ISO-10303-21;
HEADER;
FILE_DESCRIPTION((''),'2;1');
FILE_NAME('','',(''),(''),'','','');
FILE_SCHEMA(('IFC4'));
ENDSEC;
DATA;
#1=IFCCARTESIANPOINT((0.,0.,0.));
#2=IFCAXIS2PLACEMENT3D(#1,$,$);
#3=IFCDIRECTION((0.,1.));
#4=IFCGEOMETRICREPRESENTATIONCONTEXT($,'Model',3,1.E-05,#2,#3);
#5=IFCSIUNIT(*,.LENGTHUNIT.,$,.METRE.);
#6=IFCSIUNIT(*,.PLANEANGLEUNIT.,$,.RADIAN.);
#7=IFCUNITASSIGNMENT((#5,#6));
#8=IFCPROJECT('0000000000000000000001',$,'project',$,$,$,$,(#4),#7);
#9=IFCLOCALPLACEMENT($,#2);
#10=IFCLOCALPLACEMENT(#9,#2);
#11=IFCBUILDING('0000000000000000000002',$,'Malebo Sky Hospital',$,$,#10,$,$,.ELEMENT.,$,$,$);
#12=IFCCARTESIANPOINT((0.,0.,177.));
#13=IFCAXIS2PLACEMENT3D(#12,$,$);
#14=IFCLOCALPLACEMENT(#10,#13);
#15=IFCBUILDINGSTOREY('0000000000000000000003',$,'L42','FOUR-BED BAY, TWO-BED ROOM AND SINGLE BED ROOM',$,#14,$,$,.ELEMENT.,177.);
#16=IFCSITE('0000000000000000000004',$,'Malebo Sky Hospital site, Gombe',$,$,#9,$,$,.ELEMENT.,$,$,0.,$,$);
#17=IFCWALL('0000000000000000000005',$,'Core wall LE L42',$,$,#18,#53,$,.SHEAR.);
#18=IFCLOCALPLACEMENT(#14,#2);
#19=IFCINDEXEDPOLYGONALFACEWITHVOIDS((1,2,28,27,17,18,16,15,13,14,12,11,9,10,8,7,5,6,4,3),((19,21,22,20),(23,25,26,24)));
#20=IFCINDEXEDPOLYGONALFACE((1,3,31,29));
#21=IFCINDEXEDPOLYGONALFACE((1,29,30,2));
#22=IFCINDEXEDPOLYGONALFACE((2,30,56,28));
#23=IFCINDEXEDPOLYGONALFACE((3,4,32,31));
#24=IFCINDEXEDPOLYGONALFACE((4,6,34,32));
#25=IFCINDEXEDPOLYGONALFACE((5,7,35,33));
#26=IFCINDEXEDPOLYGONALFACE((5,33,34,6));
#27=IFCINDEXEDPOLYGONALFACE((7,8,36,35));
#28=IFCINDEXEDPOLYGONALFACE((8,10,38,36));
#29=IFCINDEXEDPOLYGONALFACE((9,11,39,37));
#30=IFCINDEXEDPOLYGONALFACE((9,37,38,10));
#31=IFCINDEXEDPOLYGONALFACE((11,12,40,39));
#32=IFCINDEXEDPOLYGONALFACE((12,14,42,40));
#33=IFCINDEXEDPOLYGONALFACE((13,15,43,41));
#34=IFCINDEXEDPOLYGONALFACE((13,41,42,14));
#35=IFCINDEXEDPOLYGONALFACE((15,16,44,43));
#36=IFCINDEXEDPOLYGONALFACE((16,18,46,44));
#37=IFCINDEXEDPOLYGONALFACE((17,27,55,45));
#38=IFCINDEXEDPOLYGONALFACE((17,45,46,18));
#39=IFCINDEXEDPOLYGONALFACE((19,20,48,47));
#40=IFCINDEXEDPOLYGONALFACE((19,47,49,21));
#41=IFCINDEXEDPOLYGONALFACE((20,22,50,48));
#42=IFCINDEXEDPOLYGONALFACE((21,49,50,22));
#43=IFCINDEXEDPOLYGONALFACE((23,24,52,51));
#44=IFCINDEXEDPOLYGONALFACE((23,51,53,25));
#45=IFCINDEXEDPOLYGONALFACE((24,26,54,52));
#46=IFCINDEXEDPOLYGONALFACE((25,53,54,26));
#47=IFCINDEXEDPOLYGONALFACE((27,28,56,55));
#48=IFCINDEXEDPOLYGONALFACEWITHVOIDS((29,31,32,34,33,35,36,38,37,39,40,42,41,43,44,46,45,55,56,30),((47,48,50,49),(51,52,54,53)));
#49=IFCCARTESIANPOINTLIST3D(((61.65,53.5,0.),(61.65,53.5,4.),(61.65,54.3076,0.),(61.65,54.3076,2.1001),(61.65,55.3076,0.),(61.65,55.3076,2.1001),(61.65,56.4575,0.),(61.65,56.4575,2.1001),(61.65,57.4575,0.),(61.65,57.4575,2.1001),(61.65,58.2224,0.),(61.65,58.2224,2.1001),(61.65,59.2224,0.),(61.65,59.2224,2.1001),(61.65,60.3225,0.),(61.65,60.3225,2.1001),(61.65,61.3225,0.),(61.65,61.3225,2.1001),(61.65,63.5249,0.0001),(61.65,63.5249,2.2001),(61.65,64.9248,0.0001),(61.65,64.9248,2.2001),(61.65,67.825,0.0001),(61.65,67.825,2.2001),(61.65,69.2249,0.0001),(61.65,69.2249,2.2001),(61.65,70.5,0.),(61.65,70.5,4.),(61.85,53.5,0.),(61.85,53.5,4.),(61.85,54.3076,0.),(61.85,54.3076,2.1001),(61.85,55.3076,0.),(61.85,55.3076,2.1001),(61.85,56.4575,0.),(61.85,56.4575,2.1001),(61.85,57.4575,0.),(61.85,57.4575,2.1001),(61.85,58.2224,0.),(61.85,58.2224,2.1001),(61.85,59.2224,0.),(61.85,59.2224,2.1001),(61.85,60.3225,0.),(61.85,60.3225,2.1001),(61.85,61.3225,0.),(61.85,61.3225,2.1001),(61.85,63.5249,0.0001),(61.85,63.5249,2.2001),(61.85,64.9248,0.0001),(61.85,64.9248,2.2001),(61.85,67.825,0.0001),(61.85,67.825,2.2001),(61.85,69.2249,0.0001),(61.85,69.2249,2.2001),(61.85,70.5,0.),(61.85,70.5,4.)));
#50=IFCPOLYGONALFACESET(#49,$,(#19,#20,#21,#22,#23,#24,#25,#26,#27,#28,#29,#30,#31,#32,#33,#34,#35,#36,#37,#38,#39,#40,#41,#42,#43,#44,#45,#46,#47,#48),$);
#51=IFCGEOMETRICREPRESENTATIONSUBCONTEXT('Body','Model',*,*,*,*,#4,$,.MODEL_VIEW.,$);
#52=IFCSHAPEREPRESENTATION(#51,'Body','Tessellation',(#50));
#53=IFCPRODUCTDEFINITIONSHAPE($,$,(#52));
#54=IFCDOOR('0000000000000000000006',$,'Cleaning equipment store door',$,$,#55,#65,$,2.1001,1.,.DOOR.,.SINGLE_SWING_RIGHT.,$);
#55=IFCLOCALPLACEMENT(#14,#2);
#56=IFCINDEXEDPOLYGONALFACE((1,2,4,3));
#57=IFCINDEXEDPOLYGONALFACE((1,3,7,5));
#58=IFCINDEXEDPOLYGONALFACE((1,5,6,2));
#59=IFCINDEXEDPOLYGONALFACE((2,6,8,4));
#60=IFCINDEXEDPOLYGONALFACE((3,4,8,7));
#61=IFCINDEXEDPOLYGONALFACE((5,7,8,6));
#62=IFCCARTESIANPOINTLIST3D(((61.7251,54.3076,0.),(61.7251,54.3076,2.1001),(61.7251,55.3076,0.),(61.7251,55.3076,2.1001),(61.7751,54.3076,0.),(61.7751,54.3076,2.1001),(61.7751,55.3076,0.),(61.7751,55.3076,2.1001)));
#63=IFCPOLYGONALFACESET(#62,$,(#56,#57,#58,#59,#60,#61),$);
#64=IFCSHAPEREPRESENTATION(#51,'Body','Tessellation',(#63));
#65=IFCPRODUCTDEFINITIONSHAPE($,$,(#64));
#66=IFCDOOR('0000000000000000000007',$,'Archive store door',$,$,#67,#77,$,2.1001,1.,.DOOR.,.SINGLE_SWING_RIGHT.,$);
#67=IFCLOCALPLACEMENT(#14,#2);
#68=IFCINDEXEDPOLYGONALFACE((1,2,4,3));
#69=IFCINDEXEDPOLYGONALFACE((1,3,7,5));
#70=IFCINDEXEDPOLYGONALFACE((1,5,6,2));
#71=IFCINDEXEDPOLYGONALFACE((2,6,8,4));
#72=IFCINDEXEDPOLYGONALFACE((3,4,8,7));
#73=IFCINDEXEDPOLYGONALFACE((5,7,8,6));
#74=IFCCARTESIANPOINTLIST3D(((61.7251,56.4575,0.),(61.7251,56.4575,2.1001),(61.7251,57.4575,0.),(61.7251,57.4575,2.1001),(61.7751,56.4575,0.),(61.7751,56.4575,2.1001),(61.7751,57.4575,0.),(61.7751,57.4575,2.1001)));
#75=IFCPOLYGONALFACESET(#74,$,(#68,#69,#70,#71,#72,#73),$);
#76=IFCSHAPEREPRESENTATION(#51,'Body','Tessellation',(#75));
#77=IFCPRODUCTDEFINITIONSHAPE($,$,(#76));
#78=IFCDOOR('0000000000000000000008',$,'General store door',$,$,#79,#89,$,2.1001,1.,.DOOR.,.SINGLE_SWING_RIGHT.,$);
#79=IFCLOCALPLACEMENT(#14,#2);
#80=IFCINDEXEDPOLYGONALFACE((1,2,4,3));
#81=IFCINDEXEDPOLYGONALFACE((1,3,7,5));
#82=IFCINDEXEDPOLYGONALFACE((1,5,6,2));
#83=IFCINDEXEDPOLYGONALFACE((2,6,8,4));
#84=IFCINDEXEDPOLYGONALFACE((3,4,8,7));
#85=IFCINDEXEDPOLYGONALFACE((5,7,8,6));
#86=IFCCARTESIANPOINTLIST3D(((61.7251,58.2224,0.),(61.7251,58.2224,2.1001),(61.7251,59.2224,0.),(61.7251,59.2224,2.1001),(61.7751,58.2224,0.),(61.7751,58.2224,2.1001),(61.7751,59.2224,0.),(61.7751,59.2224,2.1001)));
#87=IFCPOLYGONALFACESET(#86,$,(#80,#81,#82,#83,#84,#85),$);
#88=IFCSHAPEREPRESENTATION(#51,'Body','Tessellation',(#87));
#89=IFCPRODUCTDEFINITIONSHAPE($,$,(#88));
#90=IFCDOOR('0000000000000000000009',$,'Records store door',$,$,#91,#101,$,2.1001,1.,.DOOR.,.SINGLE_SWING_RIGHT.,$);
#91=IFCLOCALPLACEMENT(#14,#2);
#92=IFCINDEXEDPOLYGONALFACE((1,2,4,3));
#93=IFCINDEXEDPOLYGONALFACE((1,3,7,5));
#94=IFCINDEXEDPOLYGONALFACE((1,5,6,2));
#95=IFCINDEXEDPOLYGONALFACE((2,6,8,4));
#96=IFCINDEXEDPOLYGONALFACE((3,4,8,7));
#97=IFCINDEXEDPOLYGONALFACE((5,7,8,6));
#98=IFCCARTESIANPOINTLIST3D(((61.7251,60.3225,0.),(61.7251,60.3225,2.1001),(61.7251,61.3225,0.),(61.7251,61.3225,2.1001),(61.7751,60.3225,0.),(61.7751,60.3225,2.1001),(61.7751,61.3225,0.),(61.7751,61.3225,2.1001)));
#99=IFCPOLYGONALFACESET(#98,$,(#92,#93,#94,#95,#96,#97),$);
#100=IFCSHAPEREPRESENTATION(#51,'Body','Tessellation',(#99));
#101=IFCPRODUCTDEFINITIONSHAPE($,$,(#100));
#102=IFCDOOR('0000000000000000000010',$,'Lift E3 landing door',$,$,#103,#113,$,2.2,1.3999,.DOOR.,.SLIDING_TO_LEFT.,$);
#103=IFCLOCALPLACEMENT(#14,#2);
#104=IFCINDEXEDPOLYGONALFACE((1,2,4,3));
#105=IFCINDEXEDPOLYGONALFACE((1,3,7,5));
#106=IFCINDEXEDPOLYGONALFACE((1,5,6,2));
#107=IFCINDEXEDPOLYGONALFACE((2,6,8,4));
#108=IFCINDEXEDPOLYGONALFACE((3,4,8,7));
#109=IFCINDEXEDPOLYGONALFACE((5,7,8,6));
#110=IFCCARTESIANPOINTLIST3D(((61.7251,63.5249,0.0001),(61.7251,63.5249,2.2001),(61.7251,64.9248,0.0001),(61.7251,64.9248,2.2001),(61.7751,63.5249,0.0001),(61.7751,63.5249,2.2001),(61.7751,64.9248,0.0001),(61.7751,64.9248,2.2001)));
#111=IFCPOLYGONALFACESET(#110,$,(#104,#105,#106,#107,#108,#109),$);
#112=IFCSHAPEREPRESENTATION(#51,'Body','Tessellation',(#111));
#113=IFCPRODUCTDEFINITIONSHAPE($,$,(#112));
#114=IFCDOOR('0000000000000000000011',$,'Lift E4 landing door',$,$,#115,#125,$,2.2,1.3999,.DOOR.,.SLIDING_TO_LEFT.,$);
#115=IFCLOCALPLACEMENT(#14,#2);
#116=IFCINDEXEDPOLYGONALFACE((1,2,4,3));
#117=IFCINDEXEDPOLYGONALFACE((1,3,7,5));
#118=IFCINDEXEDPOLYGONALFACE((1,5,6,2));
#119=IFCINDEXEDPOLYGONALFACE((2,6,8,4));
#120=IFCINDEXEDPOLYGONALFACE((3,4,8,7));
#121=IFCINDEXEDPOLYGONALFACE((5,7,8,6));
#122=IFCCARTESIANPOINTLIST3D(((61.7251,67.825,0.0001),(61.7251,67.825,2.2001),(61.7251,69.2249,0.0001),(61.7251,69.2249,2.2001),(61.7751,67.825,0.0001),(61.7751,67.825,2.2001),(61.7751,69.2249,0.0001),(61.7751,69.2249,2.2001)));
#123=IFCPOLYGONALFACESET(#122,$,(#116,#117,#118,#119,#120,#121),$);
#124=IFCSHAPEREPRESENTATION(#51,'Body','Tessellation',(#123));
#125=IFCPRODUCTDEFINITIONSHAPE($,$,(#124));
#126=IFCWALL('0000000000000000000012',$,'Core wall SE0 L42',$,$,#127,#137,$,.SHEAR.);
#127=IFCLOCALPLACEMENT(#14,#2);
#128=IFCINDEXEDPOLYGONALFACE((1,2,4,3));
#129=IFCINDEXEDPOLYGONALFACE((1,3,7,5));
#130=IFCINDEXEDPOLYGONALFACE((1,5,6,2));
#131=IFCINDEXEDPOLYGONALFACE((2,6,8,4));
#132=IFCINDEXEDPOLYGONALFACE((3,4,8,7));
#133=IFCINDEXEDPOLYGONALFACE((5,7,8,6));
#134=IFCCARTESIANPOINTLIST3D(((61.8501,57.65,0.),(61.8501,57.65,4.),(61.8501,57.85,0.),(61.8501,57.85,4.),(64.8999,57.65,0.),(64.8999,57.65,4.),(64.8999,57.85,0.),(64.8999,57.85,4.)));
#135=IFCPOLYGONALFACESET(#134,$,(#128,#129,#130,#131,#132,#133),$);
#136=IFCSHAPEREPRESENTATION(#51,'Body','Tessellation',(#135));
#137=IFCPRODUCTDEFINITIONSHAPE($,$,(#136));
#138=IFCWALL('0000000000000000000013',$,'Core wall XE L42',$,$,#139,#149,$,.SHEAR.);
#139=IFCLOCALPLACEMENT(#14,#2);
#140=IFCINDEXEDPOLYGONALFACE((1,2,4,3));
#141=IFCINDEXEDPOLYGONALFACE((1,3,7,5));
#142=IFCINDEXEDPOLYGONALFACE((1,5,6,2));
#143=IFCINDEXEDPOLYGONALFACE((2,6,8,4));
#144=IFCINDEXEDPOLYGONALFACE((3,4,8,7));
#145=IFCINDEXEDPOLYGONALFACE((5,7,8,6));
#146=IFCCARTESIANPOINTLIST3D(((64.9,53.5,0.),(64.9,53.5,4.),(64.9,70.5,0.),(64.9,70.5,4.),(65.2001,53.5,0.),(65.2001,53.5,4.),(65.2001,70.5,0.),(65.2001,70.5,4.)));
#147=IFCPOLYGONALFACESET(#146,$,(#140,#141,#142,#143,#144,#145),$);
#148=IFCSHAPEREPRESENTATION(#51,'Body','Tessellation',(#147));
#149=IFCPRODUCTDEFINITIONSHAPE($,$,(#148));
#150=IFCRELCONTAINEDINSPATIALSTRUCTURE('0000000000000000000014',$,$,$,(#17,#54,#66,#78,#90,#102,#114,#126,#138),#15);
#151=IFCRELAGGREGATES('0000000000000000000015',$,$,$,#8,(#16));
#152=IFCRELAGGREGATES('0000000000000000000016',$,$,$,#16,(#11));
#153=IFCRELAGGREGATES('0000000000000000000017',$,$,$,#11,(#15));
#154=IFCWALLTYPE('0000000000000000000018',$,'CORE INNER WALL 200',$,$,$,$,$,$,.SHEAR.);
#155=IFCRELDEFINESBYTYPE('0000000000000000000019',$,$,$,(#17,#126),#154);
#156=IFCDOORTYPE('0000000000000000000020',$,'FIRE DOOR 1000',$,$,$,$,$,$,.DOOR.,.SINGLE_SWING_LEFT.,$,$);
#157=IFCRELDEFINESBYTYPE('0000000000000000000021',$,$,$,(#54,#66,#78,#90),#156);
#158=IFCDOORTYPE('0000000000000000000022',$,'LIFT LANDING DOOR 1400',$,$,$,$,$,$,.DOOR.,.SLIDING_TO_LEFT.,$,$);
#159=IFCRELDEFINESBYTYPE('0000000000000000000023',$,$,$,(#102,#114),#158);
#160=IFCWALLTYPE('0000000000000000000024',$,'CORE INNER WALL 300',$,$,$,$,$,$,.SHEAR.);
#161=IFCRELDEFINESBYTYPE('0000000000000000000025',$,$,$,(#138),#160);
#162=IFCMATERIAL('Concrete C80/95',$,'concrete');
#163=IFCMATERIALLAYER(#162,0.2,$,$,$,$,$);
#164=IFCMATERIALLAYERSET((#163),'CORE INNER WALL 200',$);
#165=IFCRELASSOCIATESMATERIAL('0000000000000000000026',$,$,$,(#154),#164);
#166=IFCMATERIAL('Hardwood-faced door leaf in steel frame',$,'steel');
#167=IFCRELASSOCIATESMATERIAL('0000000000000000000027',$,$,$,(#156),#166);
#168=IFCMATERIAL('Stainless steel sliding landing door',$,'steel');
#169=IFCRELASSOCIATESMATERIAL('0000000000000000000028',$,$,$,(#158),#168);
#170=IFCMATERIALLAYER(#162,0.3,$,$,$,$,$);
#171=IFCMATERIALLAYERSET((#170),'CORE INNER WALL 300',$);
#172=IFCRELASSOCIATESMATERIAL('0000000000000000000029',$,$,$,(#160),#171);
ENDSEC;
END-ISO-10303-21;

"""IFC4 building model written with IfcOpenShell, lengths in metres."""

from ifc_helpers import new_model, si_unit, direction, frame, frame_2d, origin, place, context, subcontext, project, spatial, rectangle, extrude, material, layer, layer_set, type_object, element, fill, save


model = new_model("IFC4")

# Units and contexts
model_context = context("Model", 3, precision=1e-05, world=origin(), true_north=direction((0.0, 1.0)))
body_context = subcontext(model_context, "Body", "Model", "MODEL_VIEW")
ifc_project = project(units=[si_unit("LENGTHUNIT", "METRE"), si_unit("PLANEANGLEUNIT", "RADIAN")], contexts=[model_context])

# Site, building, storey
site_placement = place(None, origin())
site = spatial("IfcSite", under=ifc_project, at=site_placement, Name="Malebo Sky Hospital site, Gombe", CompositionType="ELEMENT", RefElevation=0.0)
building_placement = place(site_placement, origin())
building = spatial("IfcBuilding", under=site, at=building_placement, Name="Malebo Sky Hospital", CompositionType="ELEMENT")
storey_placement = place(building_placement, frame((0.0, 0.0, 177.0)))
storey = spatial("IfcBuildingStorey", under=building, at=storey_placement, Name="L42", Description="FOUR-BED BAY, TWO-BED ROOM AND SINGLE BED ROOM", CompositionType="ELEMENT", Elevation=177.0)

# Wall, openings, doors
ifc_material_1 = material(Name="Concrete C80/95", Category="concrete")
ifc_layer_1 = layer(ifc_material_1, 0.2)
ifc_layer_set_1 = layer_set([ifc_layer_1], Name="CORE INNER WALL 200")
wall_type_1 = type_object("IfcWallType", Name="CORE INNER WALL 200", PredefinedType="SHEAR", material=ifc_layer_set_1)
ifc_material_2 = material(Name="Hardwood-faced door leaf in steel frame", Category="steel")
door_type_1 = type_object("IfcDoorType", Name="FIRE DOOR 1000", OperationType="SINGLE_SWING_LEFT", PredefinedType="DOOR", material=ifc_material_2)
ifc_material_3 = material(Name="Stainless steel sliding landing door", Category="steel")
door_type_2 = type_object("IfcDoorType", Name="LIFT LANDING DOOR 1400", OperationType="SLIDING_TO_LEFT", PredefinedType="DOOR", material=ifc_material_3)
wall_1_placement = place(storey_placement, frame((61.75, 53.5, 0.0), z_axis=(0.0, 0.0, 1.0), x_axis=(0.0, 1.0, 0.0)))
wall_1 = element("IfcWall", 1, at=wall_1_placement, inside=storey, type_object=wall_type_1, Name="Core wall LE L42", PredefinedType="SHEAR", context=body_context, shape_type="SweptSolid", body=[
    extrude(rectangle(XDim=17.0, YDim=0.2, at=frame_2d((8.5, 0.0))), origin(), (0.0, 0.0, 1.0), 4.0),
])
opening_1_placement = place(wall_1_placement, frame((0.8076, 0.0, 0.0)))
opening_1 = element("IfcOpeningElement", 2, at=opening_1_placement, cuts=wall_1, PredefinedType="OPENING", context=body_context, shape_type="SweptSolid", body=[
    extrude(rectangle(XDim=1.0, YDim=2.1001, at=frame_2d((0.5, 1.05))), frame((0.0, 0.1099, 0.0), z_axis=(0.0, -1.0, 0.0), x_axis=(1.0, 0.0, 0.0)), (0.0, 0.0, 1.0), 0.22),
])
opening_2_placement = place(wall_1_placement, frame((2.9575, 0.0, 0.0)))
opening_2 = element("IfcOpeningElement", 3, at=opening_2_placement, cuts=wall_1, PredefinedType="OPENING", context=body_context, shape_type="SweptSolid", body=[
    extrude(rectangle(XDim=1.0, YDim=2.1001, at=frame_2d((0.5, 1.05))), frame((0.0, 0.1099, 0.0), z_axis=(0.0, -1.0, 0.0), x_axis=(1.0, 0.0, 0.0)), (0.0, 0.0, 1.0), 0.22),
])
opening_3_placement = place(wall_1_placement, frame((4.7224, 0.0, 0.0)))
opening_3 = element("IfcOpeningElement", 4, at=opening_3_placement, cuts=wall_1, PredefinedType="OPENING", context=body_context, shape_type="SweptSolid", body=[
    extrude(rectangle(XDim=1.0, YDim=2.1001, at=frame_2d((0.5, 1.05))), frame((0.0, 0.1099, 0.0), z_axis=(0.0, -1.0, 0.0), x_axis=(1.0, 0.0, 0.0)), (0.0, 0.0, 1.0), 0.22),
])
opening_4_placement = place(wall_1_placement, frame((6.8225, 0.0, 0.0)))
opening_4 = element("IfcOpeningElement", 5, at=opening_4_placement, cuts=wall_1, PredefinedType="OPENING", context=body_context, shape_type="SweptSolid", body=[
    extrude(rectangle(XDim=1.0, YDim=2.1001, at=frame_2d((0.5, 1.05))), frame((0.0, 0.1099, 0.0), z_axis=(0.0, -1.0, 0.0), x_axis=(1.0, 0.0, 0.0)), (0.0, 0.0, 1.0), 0.22),
])
opening_5_placement = place(wall_1_placement, frame((10.0249, 0.0, 0.0)))
opening_5 = element("IfcOpeningElement", 6, at=opening_5_placement, cuts=wall_1, PredefinedType="OPENING", context=body_context, shape_type="SweptSolid", body=[
    extrude(rectangle(XDim=1.3999, YDim=2.2, at=frame_2d((0.7, 1.1001))), frame((0.0, 0.1099, 0.0), z_axis=(0.0, -1.0, 0.0), x_axis=(1.0, 0.0, 0.0)), (0.0, 0.0, 1.0), 0.22),
])
opening_6_placement = place(wall_1_placement, frame((14.325, 0.0, 0.0)))
opening_6 = element("IfcOpeningElement", 7, at=opening_6_placement, cuts=wall_1, PredefinedType="OPENING", context=body_context, shape_type="SweptSolid", body=[
    extrude(rectangle(XDim=1.3999, YDim=2.2, at=frame_2d((0.7, 1.1001))), frame((0.0, 0.1099, 0.0), z_axis=(0.0, -1.0, 0.0), x_axis=(1.0, 0.0, 0.0)), (0.0, 0.0, 1.0), 0.22),
])
door_1_placement = place(opening_1_placement, origin())
door_1 = element("IfcDoor", 8, at=door_1_placement, inside=storey, type_object=door_type_1, Name="Cleaning equipment store door", OperationType="SINGLE_SWING_RIGHT", OverallHeight=2.1001, OverallWidth=1.0, PredefinedType="DOOR", context=body_context, shape_type="SweptSolid", body=[
    extrude(rectangle(XDim=1.0, YDim=2.1001, at=frame_2d((0.5, 1.05))), frame((0.0, 0.0249, 0.0), z_axis=(0.0, -1.0, 0.0), x_axis=(1.0, 0.0, 0.0)), (0.0, 0.0, 1.0), 0.05),
])
fill(opening_1, door_1)
door_2_placement = place(opening_2_placement, origin())
door_2 = element("IfcDoor", 9, at=door_2_placement, inside=storey, type_object=door_type_1, Name="Archive store door", OperationType="SINGLE_SWING_RIGHT", OverallHeight=2.1001, OverallWidth=1.0, PredefinedType="DOOR", context=body_context, shape_type="SweptSolid", body=[
    extrude(rectangle(XDim=1.0, YDim=2.1001, at=frame_2d((0.5, 1.05))), frame((0.0, 0.0249, 0.0), z_axis=(0.0, -1.0, 0.0), x_axis=(1.0, 0.0, 0.0)), (0.0, 0.0, 1.0), 0.05),
])
fill(opening_2, door_2)
door_3_placement = place(opening_3_placement, origin())
door_3 = element("IfcDoor", 10, at=door_3_placement, inside=storey, type_object=door_type_1, Name="General store door", OperationType="SINGLE_SWING_RIGHT", OverallHeight=2.1001, OverallWidth=1.0, PredefinedType="DOOR", context=body_context, shape_type="SweptSolid", body=[
    extrude(rectangle(XDim=1.0, YDim=2.1001, at=frame_2d((0.5, 1.05))), frame((0.0, 0.0249, 0.0), z_axis=(0.0, -1.0, 0.0), x_axis=(1.0, 0.0, 0.0)), (0.0, 0.0, 1.0), 0.05),
])
fill(opening_3, door_3)
door_4_placement = place(opening_4_placement, origin())
door_4 = element("IfcDoor", 11, at=door_4_placement, inside=storey, type_object=door_type_1, Name="Records store door", OperationType="SINGLE_SWING_RIGHT", OverallHeight=2.1001, OverallWidth=1.0, PredefinedType="DOOR", context=body_context, shape_type="SweptSolid", body=[
    extrude(rectangle(XDim=1.0, YDim=2.1001, at=frame_2d((0.5, 1.05))), frame((0.0, 0.0249, 0.0), z_axis=(0.0, -1.0, 0.0), x_axis=(1.0, 0.0, 0.0)), (0.0, 0.0, 1.0), 0.05),
])
fill(opening_4, door_4)
door_5_placement = place(opening_5_placement, origin())
door_5 = element("IfcDoor", 12, at=door_5_placement, inside=storey, type_object=door_type_2, Name="Lift E3 landing door", OperationType="SLIDING_TO_LEFT", OverallHeight=2.2, OverallWidth=1.3999, PredefinedType="DOOR", context=body_context, shape_type="SweptSolid", body=[
    extrude(rectangle(XDim=1.3999, YDim=2.2, at=frame_2d((0.7, 1.1001))), frame((0.0, 0.0249, 0.0), z_axis=(0.0, -1.0, 0.0), x_axis=(1.0, 0.0, 0.0)), (0.0, 0.0, 1.0), 0.05),
])
fill(opening_5, door_5)
door_6_placement = place(opening_6_placement, origin())
door_6 = element("IfcDoor", 13, at=door_6_placement, inside=storey, type_object=door_type_2, Name="Lift E4 landing door", OperationType="SLIDING_TO_LEFT", OverallHeight=2.2, OverallWidth=1.3999, PredefinedType="DOOR", context=body_context, shape_type="SweptSolid", body=[
    extrude(rectangle(XDim=1.3999, YDim=2.2, at=frame_2d((0.7, 1.1001))), frame((0.0, 0.0249, 0.0), z_axis=(0.0, -1.0, 0.0), x_axis=(1.0, 0.0, 0.0)), (0.0, 0.0, 1.0), 0.05),
])
fill(opening_6, door_6)

# Walls
wall_2_placement = place(storey_placement, frame((61.8501, 57.75, 0.0), z_axis=(0.0, 0.0, 1.0), x_axis=(1.0, 0.0, 0.0)))
element("IfcWall", 14, at=wall_2_placement, inside=storey, type_object=wall_type_1, Name="Core wall SE0 L42", PredefinedType="SHEAR", context=body_context, shape_type="SweptSolid", body=[
    extrude(rectangle(XDim=3.0498, YDim=0.2, at=frame_2d((1.5249, 0.0))), origin(), (0.0, 0.0, 1.0), 4.0),
])
ifc_layer_2 = layer(ifc_material_1, 0.3)
ifc_layer_set_2 = layer_set([ifc_layer_2], Name="CORE INNER WALL 300")
wall_type_2 = type_object("IfcWallType", Name="CORE INNER WALL 300", PredefinedType="SHEAR", material=ifc_layer_set_2)
wall_3_placement = place(storey_placement, frame((65.05, 53.5, 0.0), z_axis=(0.0, 0.0, 1.0), x_axis=(0.0, 1.0, 0.0)))
element("IfcWall", 15, at=wall_3_placement, inside=storey, type_object=wall_type_2, Name="Core wall XE L42", PredefinedType="SHEAR", context=body_context, shape_type="SweptSolid", body=[
    extrude(rectangle(XDim=17.0, YDim=0.3, at=frame_2d((8.5, 0.0))), origin(), (0.0, 0.0, 1.0), 4.0),
])

save(model, "model.ifc")
